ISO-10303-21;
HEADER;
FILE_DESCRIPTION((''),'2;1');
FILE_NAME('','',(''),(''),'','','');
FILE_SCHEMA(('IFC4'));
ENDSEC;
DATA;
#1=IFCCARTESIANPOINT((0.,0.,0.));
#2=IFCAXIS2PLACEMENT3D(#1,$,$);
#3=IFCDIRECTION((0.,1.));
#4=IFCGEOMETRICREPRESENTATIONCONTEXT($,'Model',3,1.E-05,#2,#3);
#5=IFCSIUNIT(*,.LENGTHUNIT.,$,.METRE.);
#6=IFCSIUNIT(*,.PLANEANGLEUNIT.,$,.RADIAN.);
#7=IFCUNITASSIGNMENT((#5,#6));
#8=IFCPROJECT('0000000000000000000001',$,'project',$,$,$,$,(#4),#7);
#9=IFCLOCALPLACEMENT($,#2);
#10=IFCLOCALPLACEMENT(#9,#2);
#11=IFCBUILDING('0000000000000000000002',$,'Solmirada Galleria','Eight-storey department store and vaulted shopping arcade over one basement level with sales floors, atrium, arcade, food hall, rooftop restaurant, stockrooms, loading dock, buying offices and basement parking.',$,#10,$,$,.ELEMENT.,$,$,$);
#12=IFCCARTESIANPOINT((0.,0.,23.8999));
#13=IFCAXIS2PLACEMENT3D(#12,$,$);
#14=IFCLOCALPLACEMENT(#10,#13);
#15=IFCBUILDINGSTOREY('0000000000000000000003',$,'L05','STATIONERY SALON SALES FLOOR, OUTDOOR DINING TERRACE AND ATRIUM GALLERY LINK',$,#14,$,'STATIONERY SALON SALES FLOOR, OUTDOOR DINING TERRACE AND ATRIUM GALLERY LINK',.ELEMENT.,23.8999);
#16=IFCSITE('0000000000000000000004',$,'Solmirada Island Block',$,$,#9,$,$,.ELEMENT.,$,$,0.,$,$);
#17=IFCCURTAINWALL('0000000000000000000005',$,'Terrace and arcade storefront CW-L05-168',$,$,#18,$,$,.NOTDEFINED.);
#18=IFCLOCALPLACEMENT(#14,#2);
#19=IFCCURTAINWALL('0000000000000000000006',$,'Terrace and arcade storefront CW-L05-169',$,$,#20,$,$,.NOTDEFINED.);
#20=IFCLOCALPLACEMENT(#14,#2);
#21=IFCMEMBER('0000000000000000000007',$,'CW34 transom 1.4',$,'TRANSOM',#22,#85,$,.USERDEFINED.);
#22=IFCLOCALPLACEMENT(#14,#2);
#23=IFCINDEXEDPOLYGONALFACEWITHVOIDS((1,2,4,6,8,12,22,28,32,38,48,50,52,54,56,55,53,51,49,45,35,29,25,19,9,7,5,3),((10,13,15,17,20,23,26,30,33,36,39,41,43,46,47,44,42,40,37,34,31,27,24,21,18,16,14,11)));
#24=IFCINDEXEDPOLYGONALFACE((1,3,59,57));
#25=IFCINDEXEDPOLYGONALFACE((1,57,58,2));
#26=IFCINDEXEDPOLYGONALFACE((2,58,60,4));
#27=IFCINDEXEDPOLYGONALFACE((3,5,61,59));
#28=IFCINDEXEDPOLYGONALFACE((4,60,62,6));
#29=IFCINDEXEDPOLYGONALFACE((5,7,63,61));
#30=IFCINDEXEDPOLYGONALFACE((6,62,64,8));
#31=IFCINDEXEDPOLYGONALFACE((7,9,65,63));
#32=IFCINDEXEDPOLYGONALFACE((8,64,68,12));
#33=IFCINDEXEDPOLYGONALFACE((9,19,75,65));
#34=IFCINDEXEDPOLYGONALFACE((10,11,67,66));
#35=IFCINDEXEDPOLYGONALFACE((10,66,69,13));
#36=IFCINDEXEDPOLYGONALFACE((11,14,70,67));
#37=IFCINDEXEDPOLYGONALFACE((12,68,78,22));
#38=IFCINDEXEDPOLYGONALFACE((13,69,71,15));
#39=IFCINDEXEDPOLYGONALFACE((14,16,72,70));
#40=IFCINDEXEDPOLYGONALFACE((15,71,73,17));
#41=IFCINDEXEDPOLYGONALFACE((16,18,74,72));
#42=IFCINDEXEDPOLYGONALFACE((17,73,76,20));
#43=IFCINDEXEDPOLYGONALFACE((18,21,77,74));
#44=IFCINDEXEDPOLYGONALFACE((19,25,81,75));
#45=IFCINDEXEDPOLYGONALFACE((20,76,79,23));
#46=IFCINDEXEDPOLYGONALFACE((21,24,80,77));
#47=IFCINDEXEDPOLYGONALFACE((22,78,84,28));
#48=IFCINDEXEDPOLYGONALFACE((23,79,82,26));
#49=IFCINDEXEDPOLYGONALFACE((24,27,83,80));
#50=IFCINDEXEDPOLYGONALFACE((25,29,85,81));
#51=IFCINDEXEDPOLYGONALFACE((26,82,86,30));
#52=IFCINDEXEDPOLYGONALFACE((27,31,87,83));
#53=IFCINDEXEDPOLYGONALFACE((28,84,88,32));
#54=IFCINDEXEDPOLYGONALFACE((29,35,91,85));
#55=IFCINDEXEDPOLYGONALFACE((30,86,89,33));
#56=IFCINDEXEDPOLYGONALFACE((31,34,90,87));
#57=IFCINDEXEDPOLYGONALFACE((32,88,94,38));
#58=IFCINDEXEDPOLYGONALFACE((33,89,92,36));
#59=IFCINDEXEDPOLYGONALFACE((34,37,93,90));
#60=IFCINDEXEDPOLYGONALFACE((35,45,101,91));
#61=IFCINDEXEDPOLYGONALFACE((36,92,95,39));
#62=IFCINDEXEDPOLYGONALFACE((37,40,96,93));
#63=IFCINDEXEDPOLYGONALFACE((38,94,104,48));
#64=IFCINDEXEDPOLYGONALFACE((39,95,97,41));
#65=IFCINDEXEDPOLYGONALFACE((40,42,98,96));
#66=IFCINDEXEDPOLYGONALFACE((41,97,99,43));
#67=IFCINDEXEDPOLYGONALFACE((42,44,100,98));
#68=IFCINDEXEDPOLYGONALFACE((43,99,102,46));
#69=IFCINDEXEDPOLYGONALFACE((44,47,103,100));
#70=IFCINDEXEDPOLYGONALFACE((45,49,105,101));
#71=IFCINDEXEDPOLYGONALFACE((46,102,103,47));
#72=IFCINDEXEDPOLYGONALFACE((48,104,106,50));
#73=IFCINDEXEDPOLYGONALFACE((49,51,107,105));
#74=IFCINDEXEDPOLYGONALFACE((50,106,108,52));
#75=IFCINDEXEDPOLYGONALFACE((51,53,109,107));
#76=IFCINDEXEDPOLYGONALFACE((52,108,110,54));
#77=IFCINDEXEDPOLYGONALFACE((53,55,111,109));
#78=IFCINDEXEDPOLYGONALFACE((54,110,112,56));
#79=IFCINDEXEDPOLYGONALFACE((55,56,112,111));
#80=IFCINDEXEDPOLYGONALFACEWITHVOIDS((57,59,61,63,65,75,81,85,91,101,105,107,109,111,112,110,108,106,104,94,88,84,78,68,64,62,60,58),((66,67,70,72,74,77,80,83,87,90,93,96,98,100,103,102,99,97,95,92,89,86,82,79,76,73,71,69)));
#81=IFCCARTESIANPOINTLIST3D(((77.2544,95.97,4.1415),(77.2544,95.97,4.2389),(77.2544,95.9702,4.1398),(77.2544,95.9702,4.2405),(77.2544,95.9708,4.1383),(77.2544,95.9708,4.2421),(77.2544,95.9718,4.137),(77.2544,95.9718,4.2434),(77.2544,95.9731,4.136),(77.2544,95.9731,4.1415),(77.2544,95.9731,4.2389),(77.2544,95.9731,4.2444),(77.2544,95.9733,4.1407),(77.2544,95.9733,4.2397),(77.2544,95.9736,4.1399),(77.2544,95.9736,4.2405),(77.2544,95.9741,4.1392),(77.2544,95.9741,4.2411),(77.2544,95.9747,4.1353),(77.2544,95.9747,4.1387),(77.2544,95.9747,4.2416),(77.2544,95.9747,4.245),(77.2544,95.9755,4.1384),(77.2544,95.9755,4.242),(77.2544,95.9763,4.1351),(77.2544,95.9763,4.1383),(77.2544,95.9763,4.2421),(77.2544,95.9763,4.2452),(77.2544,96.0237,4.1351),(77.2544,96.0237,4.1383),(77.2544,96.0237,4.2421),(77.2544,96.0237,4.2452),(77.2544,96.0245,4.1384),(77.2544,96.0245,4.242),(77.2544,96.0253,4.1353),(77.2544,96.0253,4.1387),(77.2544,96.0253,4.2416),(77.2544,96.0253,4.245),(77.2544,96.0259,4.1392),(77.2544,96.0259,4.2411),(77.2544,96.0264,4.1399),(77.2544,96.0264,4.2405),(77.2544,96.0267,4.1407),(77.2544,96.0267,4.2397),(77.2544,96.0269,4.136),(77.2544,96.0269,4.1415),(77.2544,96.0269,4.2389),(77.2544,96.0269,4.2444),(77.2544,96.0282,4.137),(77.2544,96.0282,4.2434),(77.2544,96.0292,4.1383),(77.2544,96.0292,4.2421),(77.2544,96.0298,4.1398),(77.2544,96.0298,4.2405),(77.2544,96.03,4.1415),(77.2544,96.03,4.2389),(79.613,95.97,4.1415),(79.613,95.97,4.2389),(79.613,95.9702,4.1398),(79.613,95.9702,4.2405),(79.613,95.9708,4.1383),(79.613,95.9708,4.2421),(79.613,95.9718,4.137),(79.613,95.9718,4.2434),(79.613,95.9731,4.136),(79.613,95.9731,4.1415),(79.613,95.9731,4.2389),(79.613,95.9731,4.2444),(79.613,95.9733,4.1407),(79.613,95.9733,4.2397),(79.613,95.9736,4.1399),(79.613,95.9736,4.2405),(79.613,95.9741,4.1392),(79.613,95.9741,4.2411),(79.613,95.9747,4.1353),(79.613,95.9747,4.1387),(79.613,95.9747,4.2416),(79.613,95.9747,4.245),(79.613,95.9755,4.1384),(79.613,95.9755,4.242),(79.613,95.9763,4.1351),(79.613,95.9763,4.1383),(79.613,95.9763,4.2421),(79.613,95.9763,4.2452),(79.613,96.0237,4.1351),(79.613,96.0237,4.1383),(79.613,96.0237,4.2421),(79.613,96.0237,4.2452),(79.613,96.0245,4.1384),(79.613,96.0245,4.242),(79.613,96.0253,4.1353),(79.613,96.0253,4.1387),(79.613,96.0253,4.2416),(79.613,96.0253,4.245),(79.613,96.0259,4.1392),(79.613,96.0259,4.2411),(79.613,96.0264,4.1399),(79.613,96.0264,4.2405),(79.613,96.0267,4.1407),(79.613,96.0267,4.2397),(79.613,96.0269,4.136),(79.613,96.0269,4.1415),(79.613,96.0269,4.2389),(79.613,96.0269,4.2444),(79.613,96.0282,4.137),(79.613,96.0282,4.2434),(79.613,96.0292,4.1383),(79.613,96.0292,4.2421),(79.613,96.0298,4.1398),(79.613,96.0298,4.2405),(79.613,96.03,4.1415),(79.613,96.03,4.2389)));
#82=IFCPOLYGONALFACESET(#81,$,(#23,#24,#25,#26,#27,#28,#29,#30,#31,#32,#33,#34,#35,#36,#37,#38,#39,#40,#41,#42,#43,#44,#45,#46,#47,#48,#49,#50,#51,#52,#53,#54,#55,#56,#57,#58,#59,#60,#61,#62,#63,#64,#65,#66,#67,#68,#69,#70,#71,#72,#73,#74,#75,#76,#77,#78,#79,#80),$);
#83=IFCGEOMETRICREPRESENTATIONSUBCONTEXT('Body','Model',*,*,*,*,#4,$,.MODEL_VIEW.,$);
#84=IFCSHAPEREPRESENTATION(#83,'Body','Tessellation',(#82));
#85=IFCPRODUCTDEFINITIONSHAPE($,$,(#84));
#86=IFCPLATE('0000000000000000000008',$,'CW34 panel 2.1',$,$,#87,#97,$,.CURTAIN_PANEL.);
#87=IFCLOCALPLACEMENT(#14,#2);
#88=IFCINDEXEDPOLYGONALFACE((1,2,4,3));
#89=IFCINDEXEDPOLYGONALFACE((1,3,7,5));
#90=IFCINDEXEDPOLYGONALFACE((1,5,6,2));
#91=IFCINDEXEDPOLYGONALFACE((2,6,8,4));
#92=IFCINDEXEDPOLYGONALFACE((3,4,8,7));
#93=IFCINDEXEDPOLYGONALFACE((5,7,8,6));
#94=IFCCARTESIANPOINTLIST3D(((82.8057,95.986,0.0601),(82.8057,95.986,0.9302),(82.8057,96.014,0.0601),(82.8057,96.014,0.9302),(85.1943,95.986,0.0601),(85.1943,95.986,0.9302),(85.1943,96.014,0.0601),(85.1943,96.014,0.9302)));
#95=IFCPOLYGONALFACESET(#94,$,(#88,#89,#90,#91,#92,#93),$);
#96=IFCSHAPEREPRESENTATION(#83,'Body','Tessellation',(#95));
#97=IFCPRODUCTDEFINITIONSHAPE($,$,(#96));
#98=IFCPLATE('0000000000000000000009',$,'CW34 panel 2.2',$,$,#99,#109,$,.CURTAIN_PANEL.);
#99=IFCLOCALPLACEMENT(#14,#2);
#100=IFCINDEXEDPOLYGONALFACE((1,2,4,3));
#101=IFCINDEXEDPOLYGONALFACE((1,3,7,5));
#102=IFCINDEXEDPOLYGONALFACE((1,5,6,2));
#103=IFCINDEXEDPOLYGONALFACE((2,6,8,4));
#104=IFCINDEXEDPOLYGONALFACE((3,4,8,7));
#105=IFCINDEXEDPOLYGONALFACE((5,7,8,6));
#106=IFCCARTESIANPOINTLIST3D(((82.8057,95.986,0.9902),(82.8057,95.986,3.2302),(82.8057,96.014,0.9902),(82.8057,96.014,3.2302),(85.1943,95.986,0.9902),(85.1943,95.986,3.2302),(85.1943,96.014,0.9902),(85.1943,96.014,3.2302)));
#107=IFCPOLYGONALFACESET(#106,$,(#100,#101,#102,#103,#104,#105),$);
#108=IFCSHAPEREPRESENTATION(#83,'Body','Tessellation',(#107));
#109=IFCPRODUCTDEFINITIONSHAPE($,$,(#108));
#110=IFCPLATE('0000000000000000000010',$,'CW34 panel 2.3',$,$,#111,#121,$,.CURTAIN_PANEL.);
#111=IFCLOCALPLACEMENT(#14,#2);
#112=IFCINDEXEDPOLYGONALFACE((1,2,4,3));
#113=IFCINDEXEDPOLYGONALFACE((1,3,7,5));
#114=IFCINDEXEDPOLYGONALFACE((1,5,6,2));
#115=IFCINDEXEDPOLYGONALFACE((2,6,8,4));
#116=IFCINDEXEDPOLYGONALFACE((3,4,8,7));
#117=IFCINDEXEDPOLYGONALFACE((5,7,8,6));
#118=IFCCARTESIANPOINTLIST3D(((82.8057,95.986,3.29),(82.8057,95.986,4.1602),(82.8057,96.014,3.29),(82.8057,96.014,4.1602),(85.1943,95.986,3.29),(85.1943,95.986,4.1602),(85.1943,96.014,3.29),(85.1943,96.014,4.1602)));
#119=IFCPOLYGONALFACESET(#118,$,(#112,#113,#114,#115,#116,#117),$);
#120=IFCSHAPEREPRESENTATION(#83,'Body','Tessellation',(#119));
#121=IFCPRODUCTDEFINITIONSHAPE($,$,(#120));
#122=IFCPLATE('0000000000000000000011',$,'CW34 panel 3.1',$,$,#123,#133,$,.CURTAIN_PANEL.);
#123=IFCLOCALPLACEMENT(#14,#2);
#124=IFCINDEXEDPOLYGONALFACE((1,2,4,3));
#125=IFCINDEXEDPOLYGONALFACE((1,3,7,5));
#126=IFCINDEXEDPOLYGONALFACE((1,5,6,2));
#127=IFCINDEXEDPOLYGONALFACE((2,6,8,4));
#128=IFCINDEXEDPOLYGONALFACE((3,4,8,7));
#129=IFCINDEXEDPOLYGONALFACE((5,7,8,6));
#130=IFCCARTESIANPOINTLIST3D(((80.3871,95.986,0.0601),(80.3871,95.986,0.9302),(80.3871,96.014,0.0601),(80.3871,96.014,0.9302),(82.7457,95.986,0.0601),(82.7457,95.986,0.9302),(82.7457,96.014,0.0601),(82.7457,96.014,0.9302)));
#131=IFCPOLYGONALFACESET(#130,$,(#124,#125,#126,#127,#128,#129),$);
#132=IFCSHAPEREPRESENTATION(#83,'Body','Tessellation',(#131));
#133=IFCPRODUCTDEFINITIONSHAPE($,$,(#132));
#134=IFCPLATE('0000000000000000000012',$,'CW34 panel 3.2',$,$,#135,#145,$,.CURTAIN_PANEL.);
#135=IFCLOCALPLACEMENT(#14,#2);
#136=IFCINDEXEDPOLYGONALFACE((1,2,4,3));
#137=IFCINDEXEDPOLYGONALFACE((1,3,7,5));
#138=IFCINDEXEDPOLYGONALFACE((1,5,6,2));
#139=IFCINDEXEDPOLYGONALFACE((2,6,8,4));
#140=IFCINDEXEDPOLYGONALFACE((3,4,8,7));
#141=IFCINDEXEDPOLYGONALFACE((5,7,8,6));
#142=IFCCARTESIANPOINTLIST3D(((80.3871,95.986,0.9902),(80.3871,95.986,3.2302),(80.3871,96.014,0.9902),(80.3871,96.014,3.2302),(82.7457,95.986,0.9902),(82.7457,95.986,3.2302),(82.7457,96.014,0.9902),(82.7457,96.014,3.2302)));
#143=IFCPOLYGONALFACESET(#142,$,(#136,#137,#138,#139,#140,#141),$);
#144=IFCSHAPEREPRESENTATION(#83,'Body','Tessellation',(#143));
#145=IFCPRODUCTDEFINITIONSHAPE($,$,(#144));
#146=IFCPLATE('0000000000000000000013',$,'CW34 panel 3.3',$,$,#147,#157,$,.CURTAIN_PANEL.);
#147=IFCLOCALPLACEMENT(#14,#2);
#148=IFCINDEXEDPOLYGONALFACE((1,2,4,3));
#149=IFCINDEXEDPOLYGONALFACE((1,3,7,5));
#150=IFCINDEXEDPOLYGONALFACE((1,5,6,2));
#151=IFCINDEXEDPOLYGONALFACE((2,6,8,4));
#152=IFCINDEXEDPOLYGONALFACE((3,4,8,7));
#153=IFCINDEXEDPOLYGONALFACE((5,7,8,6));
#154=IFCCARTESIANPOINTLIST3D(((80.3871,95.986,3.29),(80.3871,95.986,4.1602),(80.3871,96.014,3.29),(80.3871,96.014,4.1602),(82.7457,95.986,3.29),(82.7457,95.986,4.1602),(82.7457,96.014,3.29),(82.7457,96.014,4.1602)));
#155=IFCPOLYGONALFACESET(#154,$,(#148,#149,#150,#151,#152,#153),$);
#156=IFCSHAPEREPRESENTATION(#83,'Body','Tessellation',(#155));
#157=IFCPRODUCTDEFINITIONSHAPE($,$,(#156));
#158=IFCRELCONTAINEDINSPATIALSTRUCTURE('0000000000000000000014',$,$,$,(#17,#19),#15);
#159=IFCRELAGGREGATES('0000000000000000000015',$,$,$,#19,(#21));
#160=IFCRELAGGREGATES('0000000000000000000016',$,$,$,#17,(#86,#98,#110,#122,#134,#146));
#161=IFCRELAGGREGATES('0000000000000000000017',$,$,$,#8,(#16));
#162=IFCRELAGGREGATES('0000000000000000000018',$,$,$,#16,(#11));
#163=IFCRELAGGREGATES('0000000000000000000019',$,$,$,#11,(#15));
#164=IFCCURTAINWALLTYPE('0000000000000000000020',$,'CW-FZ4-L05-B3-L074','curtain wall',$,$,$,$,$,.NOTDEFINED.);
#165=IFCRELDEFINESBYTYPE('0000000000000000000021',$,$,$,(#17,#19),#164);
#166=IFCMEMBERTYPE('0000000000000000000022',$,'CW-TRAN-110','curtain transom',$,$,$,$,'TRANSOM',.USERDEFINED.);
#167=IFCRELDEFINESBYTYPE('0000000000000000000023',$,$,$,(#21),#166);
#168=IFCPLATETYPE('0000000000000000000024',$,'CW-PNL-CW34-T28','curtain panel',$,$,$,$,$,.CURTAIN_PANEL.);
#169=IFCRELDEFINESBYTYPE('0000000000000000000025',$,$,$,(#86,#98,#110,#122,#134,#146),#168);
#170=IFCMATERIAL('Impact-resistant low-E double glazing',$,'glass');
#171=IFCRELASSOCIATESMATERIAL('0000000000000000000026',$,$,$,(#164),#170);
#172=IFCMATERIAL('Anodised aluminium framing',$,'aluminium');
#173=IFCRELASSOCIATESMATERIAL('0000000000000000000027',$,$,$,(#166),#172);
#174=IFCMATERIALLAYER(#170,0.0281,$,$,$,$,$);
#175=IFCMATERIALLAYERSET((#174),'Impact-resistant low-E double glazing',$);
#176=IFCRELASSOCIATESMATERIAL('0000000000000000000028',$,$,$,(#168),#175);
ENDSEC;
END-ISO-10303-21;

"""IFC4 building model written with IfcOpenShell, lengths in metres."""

from ifc_helpers import new_model, si_unit, direction, frame, origin, origin_2d, place, context, subcontext, project, spatial, rectangle, hollow_rectangle, extrude, material, layer, layer_set, material_profile, profile_set, type_object, element, aggregate, save


model = new_model("IFC4")

# Units and contexts
model_context = context("Model", 3, precision=1e-05, world=origin(), true_north=direction((0.0, 1.0)))
body_context = subcontext(model_context, "Body", "Model", "MODEL_VIEW")
ifc_project = project(units=[si_unit("LENGTHUNIT", "METRE"), si_unit("PLANEANGLEUNIT", "RADIAN")], contexts=[model_context])

# Site, building, storey
site_placement = place(None, origin())
site = spatial("IfcSite", under=ifc_project, at=site_placement, Name="Solmirada Island Block", CompositionType="ELEMENT", RefElevation=0.0)
building_placement = place(site_placement, origin())
building = spatial("IfcBuilding", under=site, at=building_placement, Name="Solmirada Galleria", Description="Eight-storey department store and vaulted shopping arcade over one basement level with sales floors, atrium, arcade, food hall, rooftop restaurant, stockrooms, loading dock, buying offices and basement parking.", CompositionType="ELEMENT")
storey_placement = place(building_placement, frame((0.0, 0.0, 23.8999)))
storey = spatial("IfcBuildingStorey", under=building, at=storey_placement, Name="L05", Description="STATIONERY SALON SALES FLOOR, OUTDOOR DINING TERRACE AND ATRIUM GALLERY LINK", LongName="STATIONERY SALON SALES FLOOR, OUTDOOR DINING TERRACE AND ATRIUM GALLERY LINK", CompositionType="ELEMENT", Elevation=23.8999)

# Curtain wall
ifc_material_1 = material(Name="Impact-resistant low-E double glazing", Category="glass")
curtain_wall_type = type_object("IfcCurtainWallType", Name="CW-FZ4-L05-B3-L074", Description="curtain wall", PredefinedType="NOTDEFINED", material=ifc_material_1)
curtain_wall_1_placement = place(storey_placement, origin())
curtain_wall_1 = element("IfcCurtainWall", 1, at=curtain_wall_1_placement, inside=storey, type_object=curtain_wall_type, Name="Terrace and arcade storefront CW-L05-168", PredefinedType="NOTDEFINED")
ifc_material_2 = material(Name="Anodised aluminium framing", Category="aluminium")

# Curtain wall
curtain_wall_2_placement = place(storey_placement, origin())
curtain_wall_2 = element("IfcCurtainWall", 2, at=curtain_wall_2_placement, inside=storey, type_object=curtain_wall_type, Name="Terrace and arcade storefront CW-L05-169", PredefinedType="NOTDEFINED")

# Member
ifc_material_profile_1 = material_profile(ifc_material_2, hollow_rectangle(XDim=0.0601, YDim=0.1101, WallThickness=0.0032, InnerFilletRadius=0.0032, OuterFilletRadius=0.0063, at=origin_2d()), Name="ALU-TRAN-110X60")
ifc_profile_set_1 = profile_set([ifc_material_profile_1], Name="Anodised aluminium framing")
member_type_1 = type_object("IfcMemberType", Name="CW-TRAN-110", Description="curtain transom", ElementType="TRANSOM", PredefinedType="USERDEFINED", material=ifc_profile_set_1)
member_1_placement = place(storey_placement, frame((79.613, 96.0, 4.1902), z_axis=(-1.0, 0.0, 0.0), x_axis=(0.0, -1.0, 0.0)))
member_1 = element("IfcMember", 3, at=member_1_placement, type_object=member_type_1, Name="CW34 transom 1.4", ObjectType="TRANSOM", PredefinedType="USERDEFINED", context=body_context, shape_type="SweptSolid", body=[
    extrude(hollow_rectangle(XDim=0.0601, YDim=0.1101, WallThickness=0.0032, InnerFilletRadius=0.0032, OuterFilletRadius=0.0063, at=origin_2d()), origin(), (0.0, 0.0, 1.0), 2.3586),
])
aggregate(curtain_wall_2, [member_1])

# Plates
ifc_layer = layer(ifc_material_1, 0.0281)
ifc_layer_set = layer_set([ifc_layer], Name="Impact-resistant low-E double glazing")
plate_type = type_object("IfcPlateType", Name="CW-PNL-CW34-T28", Description="curtain panel", PredefinedType="CURTAIN_PANEL", material=ifc_layer_set)
plate_1_placement = place(storey_placement, frame((84.0, 96.0, 0.0601), z_axis=(0.0, 0.0, 1.0), x_axis=(-1.0, 0.0, 0.0)))
plate_1 = element("IfcPlate", 4, at=plate_1_placement, type_object=plate_type, Name="CW34 panel 2.1", PredefinedType="CURTAIN_PANEL", context=body_context, shape_type="SweptSolid", body=[
    extrude(rectangle(XDim=2.3887, YDim=0.0281, at=origin_2d()), origin(), (0.0, 0.0, 1.0), 0.8701),
])
plate_2_placement = place(storey_placement, frame((84.0, 96.0, 0.9902), z_axis=(0.0, 0.0, 1.0), x_axis=(-1.0, 0.0, 0.0)))
plate_2 = element("IfcPlate", 5, at=plate_2_placement, type_object=plate_type, Name="CW34 panel 2.2", PredefinedType="CURTAIN_PANEL", context=body_context, shape_type="SweptSolid", body=[
    extrude(rectangle(XDim=2.3887, YDim=0.0281, at=origin_2d()), origin(), (0.0, 0.0, 1.0), 2.24),
])
plate_3_placement = place(storey_placement, frame((84.0, 96.0, 3.29), z_axis=(0.0, 0.0, 1.0), x_axis=(-1.0, 0.0, 0.0)))
plate_3 = element("IfcPlate", 6, at=plate_3_placement, type_object=plate_type, Name="CW34 panel 2.3", PredefinedType="CURTAIN_PANEL", context=body_context, shape_type="SweptSolid", body=[
    extrude(rectangle(XDim=2.3887, YDim=0.0281, at=origin_2d()), origin(), (0.0, 0.0, 1.0), 0.8701),
])
plate_4_placement = place(storey_placement, frame((81.5664, 96.0, 0.0601), z_axis=(0.0, 0.0, 1.0), x_axis=(-1.0, 0.0, 0.0)))
plate_4 = element("IfcPlate", 7, at=plate_4_placement, type_object=plate_type, Name="CW34 panel 3.1", PredefinedType="CURTAIN_PANEL", context=body_context, shape_type="SweptSolid", body=[
    extrude(rectangle(XDim=2.3586, YDim=0.0281, at=origin_2d()), origin(), (0.0, 0.0, 1.0), 0.8701),
])
plate_5_placement = place(storey_placement, frame((81.5664, 96.0, 0.9902), z_axis=(0.0, 0.0, 1.0), x_axis=(-1.0, 0.0, 0.0)))
plate_5 = element("IfcPlate", 8, at=plate_5_placement, type_object=plate_type, Name="CW34 panel 3.2", PredefinedType="CURTAIN_PANEL", context=body_context, shape_type="SweptSolid", body=[
    extrude(rectangle(XDim=2.3586, YDim=0.0281, at=origin_2d()), origin(), (0.0, 0.0, 1.0), 2.24),
])
plate_6_placement = place(storey_placement, frame((81.5664, 96.0, 3.29), z_axis=(0.0, 0.0, 1.0), x_axis=(-1.0, 0.0, 0.0)))
plate_6 = element("IfcPlate", 9, at=plate_6_placement, type_object=plate_type, Name="CW34 panel 3.3", PredefinedType="CURTAIN_PANEL", context=body_context, shape_type="SweptSolid", body=[
    extrude(rectangle(XDim=2.3586, YDim=0.0281, at=origin_2d()), origin(), (0.0, 0.0, 1.0), 0.8701),
])
aggregate(curtain_wall_1, [plate_1, plate_2, plate_3, plate_4, plate_5, plate_6])

save(model, "model.ifc")
